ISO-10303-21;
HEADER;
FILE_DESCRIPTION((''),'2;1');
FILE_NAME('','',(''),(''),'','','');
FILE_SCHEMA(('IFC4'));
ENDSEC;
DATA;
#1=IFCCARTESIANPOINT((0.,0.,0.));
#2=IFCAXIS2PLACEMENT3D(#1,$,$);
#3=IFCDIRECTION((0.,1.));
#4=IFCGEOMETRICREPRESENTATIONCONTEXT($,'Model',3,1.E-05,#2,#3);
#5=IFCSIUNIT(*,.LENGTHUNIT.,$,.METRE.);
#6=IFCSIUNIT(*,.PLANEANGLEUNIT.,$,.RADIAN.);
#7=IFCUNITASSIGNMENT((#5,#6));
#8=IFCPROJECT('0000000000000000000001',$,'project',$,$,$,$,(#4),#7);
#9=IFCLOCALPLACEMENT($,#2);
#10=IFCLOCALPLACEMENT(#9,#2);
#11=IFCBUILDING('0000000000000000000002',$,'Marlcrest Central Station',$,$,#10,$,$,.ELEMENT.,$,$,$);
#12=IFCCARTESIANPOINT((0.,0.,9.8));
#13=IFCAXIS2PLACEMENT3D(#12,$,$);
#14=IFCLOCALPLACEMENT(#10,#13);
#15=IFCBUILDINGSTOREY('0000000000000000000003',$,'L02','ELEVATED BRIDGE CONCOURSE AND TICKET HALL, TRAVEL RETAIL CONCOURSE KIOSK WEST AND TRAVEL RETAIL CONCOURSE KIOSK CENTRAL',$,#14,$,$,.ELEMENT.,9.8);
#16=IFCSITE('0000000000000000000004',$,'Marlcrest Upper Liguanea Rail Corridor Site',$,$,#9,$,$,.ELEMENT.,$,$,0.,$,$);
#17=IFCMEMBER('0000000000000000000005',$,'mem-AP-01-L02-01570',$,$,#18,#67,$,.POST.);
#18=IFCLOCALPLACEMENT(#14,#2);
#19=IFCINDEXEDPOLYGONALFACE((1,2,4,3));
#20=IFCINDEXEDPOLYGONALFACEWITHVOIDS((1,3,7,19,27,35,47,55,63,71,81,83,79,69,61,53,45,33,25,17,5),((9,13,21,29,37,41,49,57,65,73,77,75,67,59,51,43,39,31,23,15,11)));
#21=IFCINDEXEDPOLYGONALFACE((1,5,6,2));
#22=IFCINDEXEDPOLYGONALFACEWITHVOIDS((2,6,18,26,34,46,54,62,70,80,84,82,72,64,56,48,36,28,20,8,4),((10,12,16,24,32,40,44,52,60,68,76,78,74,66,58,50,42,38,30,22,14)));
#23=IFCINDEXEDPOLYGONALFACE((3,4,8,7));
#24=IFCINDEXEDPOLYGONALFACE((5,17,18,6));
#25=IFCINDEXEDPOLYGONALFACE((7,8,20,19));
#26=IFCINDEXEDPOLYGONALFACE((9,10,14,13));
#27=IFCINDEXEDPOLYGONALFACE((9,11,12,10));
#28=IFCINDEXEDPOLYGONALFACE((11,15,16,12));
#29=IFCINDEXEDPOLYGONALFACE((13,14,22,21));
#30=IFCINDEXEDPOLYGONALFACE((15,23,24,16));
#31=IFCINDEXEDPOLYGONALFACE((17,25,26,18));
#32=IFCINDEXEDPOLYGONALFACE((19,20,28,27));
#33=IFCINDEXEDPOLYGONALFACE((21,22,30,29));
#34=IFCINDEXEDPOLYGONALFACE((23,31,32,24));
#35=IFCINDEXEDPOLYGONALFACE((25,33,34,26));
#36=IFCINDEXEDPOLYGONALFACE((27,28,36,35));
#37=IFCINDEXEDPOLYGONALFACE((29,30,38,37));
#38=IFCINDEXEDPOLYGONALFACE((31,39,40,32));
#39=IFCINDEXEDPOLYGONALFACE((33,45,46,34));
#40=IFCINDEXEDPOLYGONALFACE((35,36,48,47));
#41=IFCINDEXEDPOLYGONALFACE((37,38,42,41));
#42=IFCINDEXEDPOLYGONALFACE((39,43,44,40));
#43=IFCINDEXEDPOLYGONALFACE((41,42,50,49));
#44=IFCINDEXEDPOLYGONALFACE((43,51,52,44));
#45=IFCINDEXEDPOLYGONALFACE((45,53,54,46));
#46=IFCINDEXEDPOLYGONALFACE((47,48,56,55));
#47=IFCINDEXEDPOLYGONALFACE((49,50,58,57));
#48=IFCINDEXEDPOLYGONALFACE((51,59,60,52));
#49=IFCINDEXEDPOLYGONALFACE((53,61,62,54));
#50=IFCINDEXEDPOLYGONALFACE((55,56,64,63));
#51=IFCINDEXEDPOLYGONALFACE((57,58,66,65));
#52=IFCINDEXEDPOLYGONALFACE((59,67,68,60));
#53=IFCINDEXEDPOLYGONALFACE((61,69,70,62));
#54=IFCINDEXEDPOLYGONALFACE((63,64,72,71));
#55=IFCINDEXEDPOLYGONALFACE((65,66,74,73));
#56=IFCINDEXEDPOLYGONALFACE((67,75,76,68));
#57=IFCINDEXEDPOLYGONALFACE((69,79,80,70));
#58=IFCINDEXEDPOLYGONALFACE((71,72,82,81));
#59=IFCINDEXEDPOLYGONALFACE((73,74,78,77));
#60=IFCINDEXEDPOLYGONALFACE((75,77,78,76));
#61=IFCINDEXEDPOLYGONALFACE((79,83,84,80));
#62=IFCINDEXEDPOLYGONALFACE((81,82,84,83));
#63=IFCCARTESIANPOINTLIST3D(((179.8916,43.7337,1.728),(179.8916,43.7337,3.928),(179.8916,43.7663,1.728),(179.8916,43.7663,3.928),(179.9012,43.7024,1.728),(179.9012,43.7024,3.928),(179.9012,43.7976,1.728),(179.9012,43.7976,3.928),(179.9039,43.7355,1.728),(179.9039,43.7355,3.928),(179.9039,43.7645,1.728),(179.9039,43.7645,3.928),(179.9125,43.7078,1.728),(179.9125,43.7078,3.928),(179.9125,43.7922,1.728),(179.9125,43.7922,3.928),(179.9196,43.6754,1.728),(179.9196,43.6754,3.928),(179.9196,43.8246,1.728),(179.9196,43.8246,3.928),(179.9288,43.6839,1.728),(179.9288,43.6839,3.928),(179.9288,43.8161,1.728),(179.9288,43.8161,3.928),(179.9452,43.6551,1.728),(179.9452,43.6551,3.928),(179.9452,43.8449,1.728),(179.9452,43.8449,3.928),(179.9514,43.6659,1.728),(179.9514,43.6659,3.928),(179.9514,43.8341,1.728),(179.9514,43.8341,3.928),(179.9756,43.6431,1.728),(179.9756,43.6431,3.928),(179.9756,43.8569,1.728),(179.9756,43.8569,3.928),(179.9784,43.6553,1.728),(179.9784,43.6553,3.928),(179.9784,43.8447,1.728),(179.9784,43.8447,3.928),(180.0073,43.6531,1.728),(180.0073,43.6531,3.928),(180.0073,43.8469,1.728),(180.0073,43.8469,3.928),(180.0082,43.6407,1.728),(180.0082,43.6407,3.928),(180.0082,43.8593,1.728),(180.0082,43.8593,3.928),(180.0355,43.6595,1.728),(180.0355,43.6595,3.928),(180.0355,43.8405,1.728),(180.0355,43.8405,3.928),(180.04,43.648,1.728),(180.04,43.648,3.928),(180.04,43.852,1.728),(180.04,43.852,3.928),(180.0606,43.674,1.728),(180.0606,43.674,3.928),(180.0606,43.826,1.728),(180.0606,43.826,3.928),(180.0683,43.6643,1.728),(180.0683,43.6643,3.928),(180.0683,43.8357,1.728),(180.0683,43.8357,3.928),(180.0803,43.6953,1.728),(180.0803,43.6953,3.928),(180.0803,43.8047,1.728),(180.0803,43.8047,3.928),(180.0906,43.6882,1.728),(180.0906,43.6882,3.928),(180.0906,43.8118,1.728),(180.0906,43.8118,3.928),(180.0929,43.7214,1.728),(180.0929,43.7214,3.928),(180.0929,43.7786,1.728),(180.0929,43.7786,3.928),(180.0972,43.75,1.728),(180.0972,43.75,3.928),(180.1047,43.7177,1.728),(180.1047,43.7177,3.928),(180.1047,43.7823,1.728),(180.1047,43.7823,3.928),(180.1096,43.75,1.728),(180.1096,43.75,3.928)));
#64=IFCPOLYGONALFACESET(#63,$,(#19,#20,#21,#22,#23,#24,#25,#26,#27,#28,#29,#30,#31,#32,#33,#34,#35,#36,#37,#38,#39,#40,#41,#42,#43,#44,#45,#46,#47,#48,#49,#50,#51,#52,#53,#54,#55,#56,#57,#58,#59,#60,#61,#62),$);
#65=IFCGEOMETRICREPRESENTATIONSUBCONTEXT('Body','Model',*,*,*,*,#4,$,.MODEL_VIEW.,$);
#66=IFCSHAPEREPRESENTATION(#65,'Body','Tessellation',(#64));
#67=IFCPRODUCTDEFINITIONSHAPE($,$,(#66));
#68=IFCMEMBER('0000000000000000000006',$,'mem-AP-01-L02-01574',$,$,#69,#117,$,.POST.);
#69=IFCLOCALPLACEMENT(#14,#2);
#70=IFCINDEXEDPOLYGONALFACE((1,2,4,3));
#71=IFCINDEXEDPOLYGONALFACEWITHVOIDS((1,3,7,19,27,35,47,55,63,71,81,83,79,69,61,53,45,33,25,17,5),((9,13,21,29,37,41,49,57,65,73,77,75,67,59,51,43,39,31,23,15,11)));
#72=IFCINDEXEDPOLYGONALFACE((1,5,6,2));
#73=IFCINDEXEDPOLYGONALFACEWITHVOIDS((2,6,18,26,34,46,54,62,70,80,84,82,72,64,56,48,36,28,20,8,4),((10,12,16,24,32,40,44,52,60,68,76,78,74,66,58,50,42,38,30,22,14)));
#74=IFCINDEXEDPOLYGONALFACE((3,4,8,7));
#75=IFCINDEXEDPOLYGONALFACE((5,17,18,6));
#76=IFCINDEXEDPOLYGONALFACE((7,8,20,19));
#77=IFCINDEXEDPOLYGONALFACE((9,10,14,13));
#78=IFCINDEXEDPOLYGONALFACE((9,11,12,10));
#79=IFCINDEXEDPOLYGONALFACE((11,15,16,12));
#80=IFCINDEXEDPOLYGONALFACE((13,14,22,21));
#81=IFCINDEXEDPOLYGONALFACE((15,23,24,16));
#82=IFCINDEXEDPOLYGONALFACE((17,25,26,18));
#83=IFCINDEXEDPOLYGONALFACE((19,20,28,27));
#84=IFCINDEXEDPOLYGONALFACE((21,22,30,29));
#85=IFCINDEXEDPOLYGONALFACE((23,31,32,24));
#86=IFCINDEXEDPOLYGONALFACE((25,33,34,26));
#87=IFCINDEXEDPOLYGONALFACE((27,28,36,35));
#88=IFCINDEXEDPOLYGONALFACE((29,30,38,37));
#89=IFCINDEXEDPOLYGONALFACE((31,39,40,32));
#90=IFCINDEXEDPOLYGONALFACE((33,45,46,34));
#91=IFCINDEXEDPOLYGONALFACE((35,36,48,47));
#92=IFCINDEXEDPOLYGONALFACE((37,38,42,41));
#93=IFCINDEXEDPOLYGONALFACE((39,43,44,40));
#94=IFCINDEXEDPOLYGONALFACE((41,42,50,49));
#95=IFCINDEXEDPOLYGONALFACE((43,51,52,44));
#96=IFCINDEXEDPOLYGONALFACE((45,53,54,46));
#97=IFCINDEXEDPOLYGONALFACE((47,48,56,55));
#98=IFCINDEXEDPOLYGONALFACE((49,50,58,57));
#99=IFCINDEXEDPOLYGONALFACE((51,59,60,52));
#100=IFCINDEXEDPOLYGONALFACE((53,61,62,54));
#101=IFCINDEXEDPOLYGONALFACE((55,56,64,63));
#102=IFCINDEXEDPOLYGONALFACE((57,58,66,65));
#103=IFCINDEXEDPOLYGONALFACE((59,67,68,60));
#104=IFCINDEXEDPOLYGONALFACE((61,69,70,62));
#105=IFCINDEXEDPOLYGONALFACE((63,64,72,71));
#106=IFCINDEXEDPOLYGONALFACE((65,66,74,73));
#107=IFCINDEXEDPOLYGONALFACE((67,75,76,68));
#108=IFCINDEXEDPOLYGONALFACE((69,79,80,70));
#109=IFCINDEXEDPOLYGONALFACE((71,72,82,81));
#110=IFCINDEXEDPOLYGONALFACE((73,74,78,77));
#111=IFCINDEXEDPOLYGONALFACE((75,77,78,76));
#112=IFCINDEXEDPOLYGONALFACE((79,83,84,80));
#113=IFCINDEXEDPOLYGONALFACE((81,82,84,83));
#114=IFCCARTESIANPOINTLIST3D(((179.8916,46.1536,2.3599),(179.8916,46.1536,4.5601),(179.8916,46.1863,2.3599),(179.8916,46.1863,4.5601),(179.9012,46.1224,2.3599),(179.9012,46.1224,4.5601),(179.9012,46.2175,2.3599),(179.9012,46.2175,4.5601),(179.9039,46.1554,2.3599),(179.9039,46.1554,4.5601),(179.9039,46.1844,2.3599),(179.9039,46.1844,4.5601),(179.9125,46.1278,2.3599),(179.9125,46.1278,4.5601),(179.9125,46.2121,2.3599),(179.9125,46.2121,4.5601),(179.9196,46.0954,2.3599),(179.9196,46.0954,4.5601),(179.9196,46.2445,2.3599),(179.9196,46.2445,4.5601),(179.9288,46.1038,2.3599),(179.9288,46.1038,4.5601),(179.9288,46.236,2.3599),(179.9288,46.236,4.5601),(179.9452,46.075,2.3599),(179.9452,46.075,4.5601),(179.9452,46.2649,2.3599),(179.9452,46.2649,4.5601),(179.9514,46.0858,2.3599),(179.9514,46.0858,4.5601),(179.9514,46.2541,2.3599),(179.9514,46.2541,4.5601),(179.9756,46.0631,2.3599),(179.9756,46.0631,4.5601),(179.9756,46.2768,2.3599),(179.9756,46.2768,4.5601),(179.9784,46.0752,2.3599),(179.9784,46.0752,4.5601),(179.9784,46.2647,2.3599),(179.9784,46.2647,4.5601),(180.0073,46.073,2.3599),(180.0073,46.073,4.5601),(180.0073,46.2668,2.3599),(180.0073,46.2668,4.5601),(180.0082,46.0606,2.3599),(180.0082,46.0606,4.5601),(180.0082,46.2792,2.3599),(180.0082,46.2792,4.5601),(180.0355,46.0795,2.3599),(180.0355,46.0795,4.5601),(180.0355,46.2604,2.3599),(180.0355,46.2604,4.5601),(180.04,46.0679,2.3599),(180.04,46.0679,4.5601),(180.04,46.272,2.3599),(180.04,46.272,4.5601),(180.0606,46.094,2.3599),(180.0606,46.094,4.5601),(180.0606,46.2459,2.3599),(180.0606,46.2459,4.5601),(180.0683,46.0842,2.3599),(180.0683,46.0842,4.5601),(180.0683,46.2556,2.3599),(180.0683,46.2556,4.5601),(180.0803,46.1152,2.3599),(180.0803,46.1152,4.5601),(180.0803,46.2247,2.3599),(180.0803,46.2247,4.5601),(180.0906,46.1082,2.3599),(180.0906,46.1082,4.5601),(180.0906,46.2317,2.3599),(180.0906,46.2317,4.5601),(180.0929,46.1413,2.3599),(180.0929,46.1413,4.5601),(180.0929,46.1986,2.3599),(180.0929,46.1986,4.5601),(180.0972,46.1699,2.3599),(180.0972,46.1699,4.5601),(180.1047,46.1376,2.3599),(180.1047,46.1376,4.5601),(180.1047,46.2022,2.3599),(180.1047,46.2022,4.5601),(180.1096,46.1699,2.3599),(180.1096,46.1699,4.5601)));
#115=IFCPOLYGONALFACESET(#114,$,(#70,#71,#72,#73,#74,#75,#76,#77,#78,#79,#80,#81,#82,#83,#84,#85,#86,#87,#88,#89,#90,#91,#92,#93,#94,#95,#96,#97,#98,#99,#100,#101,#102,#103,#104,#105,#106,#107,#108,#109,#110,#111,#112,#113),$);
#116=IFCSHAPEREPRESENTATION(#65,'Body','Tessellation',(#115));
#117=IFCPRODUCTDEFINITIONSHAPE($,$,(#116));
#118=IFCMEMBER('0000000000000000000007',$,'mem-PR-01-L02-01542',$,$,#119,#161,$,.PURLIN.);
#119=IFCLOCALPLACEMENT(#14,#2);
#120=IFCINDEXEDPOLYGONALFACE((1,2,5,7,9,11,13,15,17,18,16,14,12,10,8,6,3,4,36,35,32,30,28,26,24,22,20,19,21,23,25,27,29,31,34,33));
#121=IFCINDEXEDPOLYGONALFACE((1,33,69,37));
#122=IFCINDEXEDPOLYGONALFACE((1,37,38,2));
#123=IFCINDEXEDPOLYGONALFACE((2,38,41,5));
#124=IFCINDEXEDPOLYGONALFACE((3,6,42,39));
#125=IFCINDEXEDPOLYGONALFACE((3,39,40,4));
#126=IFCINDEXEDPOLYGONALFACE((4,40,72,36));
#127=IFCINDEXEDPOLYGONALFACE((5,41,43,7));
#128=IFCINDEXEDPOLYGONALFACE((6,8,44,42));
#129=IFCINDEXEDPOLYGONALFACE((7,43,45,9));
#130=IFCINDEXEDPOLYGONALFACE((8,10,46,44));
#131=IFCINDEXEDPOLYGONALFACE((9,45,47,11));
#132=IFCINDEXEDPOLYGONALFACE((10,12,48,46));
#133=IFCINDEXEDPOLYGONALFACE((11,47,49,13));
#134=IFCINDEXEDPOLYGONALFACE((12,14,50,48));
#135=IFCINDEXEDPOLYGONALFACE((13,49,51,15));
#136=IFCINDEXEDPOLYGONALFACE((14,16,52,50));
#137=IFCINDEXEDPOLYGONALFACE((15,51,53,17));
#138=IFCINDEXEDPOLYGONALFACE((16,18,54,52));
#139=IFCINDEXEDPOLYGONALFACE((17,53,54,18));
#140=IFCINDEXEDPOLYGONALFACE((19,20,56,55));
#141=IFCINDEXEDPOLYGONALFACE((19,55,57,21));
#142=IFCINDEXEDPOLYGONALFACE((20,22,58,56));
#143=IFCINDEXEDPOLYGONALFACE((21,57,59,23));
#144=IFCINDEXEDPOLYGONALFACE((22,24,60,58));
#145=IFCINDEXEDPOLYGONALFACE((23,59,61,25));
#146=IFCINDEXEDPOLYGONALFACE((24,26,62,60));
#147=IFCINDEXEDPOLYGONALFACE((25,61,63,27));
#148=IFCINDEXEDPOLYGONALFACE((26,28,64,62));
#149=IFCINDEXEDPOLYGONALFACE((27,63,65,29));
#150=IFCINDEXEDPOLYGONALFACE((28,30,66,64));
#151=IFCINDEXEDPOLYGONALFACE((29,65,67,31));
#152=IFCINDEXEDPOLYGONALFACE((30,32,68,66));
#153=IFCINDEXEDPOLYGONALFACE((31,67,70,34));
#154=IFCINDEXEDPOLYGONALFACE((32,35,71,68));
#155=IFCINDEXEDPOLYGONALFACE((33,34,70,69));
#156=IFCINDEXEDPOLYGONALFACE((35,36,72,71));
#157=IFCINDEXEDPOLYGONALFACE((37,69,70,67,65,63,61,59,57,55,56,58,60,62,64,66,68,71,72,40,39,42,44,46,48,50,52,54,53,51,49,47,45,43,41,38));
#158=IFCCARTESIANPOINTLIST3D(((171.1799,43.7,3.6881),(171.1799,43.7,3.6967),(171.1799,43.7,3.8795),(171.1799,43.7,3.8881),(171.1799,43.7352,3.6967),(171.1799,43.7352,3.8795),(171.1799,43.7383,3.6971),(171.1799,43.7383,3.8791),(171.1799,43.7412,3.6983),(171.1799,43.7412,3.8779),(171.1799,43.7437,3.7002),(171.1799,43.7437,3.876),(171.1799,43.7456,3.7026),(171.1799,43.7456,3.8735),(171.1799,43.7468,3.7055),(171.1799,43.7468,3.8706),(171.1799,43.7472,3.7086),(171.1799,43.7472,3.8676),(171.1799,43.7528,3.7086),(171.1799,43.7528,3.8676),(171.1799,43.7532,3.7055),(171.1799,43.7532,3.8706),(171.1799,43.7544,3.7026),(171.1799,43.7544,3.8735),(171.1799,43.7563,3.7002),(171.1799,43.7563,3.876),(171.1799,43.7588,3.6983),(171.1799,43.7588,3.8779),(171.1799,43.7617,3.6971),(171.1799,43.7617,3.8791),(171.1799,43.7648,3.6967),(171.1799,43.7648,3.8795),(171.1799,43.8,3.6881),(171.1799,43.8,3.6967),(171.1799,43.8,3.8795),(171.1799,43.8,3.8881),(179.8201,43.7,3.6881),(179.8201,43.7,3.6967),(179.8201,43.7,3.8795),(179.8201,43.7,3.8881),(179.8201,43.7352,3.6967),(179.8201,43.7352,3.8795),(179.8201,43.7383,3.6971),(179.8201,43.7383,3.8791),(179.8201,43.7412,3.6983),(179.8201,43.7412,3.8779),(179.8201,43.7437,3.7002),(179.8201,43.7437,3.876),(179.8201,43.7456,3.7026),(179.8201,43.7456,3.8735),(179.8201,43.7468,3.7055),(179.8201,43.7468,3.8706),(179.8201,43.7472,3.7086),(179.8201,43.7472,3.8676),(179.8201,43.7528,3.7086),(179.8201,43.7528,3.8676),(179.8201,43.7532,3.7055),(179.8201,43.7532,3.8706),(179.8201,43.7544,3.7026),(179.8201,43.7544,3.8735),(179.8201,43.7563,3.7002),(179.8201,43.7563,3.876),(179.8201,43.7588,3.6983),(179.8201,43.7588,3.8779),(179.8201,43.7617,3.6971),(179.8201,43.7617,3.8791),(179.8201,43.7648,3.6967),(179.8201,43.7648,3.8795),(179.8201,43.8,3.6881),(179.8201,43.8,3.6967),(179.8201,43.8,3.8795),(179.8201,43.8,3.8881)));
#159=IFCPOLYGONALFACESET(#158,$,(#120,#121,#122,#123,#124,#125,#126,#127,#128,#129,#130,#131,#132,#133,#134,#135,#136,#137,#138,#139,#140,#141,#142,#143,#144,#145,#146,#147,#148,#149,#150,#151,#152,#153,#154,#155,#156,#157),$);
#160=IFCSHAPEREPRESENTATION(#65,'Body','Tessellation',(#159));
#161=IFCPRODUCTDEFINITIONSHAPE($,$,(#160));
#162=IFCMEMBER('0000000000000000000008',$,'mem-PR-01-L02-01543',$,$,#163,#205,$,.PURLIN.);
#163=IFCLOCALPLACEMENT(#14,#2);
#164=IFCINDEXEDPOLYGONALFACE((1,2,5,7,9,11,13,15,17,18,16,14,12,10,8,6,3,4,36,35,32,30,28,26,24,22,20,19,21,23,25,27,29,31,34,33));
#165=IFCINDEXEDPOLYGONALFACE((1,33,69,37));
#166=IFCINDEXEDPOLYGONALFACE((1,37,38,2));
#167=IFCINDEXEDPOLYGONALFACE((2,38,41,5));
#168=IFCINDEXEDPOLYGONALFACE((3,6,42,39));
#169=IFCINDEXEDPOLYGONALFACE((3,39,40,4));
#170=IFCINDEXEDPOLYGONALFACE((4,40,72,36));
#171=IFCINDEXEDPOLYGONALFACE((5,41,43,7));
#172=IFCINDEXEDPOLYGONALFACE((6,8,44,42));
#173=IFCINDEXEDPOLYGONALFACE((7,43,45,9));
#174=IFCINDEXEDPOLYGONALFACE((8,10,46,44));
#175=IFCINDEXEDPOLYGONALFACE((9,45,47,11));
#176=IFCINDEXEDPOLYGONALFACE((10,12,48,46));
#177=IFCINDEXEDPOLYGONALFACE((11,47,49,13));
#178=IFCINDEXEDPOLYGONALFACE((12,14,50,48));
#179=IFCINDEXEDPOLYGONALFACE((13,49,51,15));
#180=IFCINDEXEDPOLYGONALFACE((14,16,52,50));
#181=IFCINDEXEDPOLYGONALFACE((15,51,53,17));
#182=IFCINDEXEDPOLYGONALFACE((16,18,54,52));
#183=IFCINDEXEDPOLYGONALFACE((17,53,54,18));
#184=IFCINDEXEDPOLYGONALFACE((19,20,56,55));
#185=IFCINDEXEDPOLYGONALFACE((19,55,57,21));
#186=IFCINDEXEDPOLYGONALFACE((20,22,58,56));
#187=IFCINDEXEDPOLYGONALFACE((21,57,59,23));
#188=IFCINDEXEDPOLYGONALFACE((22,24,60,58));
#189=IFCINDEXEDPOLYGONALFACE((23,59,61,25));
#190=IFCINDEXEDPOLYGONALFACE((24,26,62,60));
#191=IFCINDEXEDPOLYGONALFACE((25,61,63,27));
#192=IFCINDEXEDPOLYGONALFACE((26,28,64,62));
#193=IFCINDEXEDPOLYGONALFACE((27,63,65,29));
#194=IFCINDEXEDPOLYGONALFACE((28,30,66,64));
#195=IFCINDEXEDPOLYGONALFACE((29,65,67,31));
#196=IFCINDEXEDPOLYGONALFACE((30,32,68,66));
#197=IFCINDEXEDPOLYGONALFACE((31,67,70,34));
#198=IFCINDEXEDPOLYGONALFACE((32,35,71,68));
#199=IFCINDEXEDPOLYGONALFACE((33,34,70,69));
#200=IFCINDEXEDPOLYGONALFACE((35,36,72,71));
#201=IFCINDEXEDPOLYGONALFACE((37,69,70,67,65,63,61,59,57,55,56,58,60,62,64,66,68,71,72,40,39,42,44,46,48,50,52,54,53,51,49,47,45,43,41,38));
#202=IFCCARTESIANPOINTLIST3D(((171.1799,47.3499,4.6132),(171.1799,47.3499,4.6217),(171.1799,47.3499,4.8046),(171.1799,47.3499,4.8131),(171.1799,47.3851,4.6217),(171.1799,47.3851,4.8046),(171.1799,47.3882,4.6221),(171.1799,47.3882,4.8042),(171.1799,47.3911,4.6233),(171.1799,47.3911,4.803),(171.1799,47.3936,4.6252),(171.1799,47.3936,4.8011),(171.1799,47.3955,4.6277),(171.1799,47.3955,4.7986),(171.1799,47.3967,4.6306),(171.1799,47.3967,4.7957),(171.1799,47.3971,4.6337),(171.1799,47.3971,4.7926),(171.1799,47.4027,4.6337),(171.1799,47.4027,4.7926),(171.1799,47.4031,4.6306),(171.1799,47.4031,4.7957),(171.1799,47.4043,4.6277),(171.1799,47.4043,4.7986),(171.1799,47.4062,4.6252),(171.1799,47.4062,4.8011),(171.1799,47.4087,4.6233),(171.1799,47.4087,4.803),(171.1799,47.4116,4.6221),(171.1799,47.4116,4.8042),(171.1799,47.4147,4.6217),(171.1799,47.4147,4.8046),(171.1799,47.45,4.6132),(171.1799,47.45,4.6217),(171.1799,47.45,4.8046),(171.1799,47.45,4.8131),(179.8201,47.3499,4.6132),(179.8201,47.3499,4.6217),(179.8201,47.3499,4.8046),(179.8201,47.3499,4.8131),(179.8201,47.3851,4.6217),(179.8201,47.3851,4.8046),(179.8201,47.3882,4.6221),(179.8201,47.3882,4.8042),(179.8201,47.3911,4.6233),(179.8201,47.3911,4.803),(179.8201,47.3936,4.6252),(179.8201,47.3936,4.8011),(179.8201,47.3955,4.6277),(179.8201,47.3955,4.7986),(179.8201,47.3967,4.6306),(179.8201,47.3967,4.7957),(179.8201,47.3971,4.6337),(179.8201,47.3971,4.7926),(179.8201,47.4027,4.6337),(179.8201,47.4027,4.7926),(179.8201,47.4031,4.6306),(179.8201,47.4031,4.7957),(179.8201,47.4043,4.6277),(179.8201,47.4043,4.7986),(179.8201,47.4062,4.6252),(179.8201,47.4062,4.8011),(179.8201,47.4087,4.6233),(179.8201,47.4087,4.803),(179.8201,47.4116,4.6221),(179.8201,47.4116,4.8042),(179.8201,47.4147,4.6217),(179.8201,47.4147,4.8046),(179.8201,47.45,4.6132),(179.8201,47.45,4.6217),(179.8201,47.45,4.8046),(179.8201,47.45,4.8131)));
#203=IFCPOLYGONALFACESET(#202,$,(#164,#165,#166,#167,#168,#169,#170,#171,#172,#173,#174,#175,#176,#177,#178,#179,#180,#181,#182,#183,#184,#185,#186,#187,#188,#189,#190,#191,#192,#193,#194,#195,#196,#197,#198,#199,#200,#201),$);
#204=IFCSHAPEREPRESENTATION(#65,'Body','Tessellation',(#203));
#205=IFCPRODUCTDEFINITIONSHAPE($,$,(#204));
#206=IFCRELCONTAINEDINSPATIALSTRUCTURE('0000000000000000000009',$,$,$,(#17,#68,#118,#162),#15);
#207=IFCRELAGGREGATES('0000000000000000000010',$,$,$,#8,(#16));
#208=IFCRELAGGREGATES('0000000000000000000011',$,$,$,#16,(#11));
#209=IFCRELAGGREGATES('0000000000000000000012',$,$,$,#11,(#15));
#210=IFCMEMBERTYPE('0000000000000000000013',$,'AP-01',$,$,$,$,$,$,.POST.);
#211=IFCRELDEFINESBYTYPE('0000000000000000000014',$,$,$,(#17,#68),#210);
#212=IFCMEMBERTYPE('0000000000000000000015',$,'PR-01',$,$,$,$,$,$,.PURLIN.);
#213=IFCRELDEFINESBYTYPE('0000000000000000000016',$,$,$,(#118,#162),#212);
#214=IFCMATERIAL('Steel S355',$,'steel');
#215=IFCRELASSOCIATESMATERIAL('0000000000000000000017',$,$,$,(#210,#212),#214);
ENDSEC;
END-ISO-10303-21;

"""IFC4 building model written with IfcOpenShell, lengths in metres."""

from ifc_helpers import new_model, si_unit, direction, frame, origin, origin_2d, place, context, subcontext, project, spatial, hollow_circle, i_section, extrude, material, material_profile, profile_set, type_object, element, save


model = new_model("IFC4")

# Units and contexts
model_context = context("Model", 3, precision=1e-05, world=origin(), true_north=direction((0.0, 1.0)))
body_context = subcontext(model_context, "Body", "Model", "MODEL_VIEW")
ifc_project = project(units=[si_unit("LENGTHUNIT", "METRE"), si_unit("PLANEANGLEUNIT", "RADIAN")], contexts=[model_context])

# Site, building, storey
site_placement = place(None, origin())
site = spatial("IfcSite", under=ifc_project, at=site_placement, Name="Marlcrest Upper Liguanea Rail Corridor Site", CompositionType="ELEMENT", RefElevation=0.0)
building_placement = place(site_placement, origin())
building = spatial("IfcBuilding", under=site, at=building_placement, Name="Marlcrest Central Station", CompositionType="ELEMENT")
storey_placement = place(building_placement, frame((0.0, 0.0, 9.8)))
storey = spatial("IfcBuildingStorey", under=building, at=storey_placement, Name="L02", Description="ELEVATED BRIDGE CONCOURSE AND TICKET HALL, TRAVEL RETAIL CONCOURSE KIOSK WEST AND TRAVEL RETAIL CONCOURSE KIOSK CENTRAL", CompositionType="ELEMENT", Elevation=9.8)

# Members
ifc_material_1 = material(Name="Steel S355", Category="steel")
ifc_material_profile_1 = material_profile(ifc_material_1, hollow_circle(Radius=0.1096, WallThickness=0.0125, at=origin_2d()), Name="CHS 219.1x12.5")
ifc_profile_set_1 = profile_set([ifc_material_profile_1], Name="Steel S355")
member_type_1 = type_object("IfcMemberType", Name="AP-01", PredefinedType="POST", material=ifc_profile_set_1)
member_1_placement = place(storey_placement, frame((180.0, 43.75, 1.728), z_axis=(0.0, 0.0, 1.0), x_axis=(1.0, 0.0, 0.0)))
element("IfcMember", 1, at=member_1_placement, inside=storey, type_object=member_type_1, Name="mem-AP-01-L02-01570", PredefinedType="POST", context=body_context, shape_type="SweptSolid", body=[
    extrude(hollow_circle(Radius=0.1096, WallThickness=0.0125, at=origin_2d()), origin(), (0.0, 0.0, 1.0), 2.2),
])
member_2_placement = place(storey_placement, frame((180.0, 46.1699, 2.3599), z_axis=(0.0, 0.0, 1.0), x_axis=(1.0, 0.0, 0.0)))
element("IfcMember", 2, at=member_2_placement, inside=storey, type_object=member_type_1, Name="mem-AP-01-L02-01574", PredefinedType="POST", context=body_context, shape_type="SweptSolid", body=[
    extrude(hollow_circle(Radius=0.1096, WallThickness=0.0125, at=origin_2d()), origin(), (0.0, 0.0, 1.0), 2.2002),
])
ifc_material_profile_2 = material_profile(ifc_material_1, i_section(OverallWidth=0.1001, OverallDepth=0.2, WebThickness=0.0056, FlangeThickness=0.0085, FilletRadius=0.012, at=origin_2d()), Name="IPE 200")
ifc_profile_set_2 = profile_set([ifc_material_profile_2], Name="Steel S355")
member_type_2 = type_object("IfcMemberType", Name="PR-01", PredefinedType="PURLIN", material=ifc_profile_set_2)
for number, where, z_axis, x_axis, name in (
    (3, (171.1799, 43.75, 3.7881), (1.0, 0.0, 0.0), (0.0, 1.0, 0.0), "mem-PR-01-L02-01542"),
    (4, (171.1799, 47.3999, 4.7131), (1.0, 0.0, 0.0), (0.0, 1.0, 0.0), "mem-PR-01-L02-01543"),
):
    element("IfcMember", number, at=place(storey_placement, frame(where, z_axis=z_axis, x_axis=x_axis)), inside=storey, type_object=member_type_2, Name=name, PredefinedType="PURLIN", context=body_context, shape_type="SweptSolid", body=[
        extrude(i_section(OverallWidth=0.1001, OverallDepth=0.2, WebThickness=0.0056, FlangeThickness=0.0085, FilletRadius=0.012, at=origin_2d()), origin(), (0.0, 0.0, 1.0), 8.6401),
    ])

save(model, "model.ifc")
